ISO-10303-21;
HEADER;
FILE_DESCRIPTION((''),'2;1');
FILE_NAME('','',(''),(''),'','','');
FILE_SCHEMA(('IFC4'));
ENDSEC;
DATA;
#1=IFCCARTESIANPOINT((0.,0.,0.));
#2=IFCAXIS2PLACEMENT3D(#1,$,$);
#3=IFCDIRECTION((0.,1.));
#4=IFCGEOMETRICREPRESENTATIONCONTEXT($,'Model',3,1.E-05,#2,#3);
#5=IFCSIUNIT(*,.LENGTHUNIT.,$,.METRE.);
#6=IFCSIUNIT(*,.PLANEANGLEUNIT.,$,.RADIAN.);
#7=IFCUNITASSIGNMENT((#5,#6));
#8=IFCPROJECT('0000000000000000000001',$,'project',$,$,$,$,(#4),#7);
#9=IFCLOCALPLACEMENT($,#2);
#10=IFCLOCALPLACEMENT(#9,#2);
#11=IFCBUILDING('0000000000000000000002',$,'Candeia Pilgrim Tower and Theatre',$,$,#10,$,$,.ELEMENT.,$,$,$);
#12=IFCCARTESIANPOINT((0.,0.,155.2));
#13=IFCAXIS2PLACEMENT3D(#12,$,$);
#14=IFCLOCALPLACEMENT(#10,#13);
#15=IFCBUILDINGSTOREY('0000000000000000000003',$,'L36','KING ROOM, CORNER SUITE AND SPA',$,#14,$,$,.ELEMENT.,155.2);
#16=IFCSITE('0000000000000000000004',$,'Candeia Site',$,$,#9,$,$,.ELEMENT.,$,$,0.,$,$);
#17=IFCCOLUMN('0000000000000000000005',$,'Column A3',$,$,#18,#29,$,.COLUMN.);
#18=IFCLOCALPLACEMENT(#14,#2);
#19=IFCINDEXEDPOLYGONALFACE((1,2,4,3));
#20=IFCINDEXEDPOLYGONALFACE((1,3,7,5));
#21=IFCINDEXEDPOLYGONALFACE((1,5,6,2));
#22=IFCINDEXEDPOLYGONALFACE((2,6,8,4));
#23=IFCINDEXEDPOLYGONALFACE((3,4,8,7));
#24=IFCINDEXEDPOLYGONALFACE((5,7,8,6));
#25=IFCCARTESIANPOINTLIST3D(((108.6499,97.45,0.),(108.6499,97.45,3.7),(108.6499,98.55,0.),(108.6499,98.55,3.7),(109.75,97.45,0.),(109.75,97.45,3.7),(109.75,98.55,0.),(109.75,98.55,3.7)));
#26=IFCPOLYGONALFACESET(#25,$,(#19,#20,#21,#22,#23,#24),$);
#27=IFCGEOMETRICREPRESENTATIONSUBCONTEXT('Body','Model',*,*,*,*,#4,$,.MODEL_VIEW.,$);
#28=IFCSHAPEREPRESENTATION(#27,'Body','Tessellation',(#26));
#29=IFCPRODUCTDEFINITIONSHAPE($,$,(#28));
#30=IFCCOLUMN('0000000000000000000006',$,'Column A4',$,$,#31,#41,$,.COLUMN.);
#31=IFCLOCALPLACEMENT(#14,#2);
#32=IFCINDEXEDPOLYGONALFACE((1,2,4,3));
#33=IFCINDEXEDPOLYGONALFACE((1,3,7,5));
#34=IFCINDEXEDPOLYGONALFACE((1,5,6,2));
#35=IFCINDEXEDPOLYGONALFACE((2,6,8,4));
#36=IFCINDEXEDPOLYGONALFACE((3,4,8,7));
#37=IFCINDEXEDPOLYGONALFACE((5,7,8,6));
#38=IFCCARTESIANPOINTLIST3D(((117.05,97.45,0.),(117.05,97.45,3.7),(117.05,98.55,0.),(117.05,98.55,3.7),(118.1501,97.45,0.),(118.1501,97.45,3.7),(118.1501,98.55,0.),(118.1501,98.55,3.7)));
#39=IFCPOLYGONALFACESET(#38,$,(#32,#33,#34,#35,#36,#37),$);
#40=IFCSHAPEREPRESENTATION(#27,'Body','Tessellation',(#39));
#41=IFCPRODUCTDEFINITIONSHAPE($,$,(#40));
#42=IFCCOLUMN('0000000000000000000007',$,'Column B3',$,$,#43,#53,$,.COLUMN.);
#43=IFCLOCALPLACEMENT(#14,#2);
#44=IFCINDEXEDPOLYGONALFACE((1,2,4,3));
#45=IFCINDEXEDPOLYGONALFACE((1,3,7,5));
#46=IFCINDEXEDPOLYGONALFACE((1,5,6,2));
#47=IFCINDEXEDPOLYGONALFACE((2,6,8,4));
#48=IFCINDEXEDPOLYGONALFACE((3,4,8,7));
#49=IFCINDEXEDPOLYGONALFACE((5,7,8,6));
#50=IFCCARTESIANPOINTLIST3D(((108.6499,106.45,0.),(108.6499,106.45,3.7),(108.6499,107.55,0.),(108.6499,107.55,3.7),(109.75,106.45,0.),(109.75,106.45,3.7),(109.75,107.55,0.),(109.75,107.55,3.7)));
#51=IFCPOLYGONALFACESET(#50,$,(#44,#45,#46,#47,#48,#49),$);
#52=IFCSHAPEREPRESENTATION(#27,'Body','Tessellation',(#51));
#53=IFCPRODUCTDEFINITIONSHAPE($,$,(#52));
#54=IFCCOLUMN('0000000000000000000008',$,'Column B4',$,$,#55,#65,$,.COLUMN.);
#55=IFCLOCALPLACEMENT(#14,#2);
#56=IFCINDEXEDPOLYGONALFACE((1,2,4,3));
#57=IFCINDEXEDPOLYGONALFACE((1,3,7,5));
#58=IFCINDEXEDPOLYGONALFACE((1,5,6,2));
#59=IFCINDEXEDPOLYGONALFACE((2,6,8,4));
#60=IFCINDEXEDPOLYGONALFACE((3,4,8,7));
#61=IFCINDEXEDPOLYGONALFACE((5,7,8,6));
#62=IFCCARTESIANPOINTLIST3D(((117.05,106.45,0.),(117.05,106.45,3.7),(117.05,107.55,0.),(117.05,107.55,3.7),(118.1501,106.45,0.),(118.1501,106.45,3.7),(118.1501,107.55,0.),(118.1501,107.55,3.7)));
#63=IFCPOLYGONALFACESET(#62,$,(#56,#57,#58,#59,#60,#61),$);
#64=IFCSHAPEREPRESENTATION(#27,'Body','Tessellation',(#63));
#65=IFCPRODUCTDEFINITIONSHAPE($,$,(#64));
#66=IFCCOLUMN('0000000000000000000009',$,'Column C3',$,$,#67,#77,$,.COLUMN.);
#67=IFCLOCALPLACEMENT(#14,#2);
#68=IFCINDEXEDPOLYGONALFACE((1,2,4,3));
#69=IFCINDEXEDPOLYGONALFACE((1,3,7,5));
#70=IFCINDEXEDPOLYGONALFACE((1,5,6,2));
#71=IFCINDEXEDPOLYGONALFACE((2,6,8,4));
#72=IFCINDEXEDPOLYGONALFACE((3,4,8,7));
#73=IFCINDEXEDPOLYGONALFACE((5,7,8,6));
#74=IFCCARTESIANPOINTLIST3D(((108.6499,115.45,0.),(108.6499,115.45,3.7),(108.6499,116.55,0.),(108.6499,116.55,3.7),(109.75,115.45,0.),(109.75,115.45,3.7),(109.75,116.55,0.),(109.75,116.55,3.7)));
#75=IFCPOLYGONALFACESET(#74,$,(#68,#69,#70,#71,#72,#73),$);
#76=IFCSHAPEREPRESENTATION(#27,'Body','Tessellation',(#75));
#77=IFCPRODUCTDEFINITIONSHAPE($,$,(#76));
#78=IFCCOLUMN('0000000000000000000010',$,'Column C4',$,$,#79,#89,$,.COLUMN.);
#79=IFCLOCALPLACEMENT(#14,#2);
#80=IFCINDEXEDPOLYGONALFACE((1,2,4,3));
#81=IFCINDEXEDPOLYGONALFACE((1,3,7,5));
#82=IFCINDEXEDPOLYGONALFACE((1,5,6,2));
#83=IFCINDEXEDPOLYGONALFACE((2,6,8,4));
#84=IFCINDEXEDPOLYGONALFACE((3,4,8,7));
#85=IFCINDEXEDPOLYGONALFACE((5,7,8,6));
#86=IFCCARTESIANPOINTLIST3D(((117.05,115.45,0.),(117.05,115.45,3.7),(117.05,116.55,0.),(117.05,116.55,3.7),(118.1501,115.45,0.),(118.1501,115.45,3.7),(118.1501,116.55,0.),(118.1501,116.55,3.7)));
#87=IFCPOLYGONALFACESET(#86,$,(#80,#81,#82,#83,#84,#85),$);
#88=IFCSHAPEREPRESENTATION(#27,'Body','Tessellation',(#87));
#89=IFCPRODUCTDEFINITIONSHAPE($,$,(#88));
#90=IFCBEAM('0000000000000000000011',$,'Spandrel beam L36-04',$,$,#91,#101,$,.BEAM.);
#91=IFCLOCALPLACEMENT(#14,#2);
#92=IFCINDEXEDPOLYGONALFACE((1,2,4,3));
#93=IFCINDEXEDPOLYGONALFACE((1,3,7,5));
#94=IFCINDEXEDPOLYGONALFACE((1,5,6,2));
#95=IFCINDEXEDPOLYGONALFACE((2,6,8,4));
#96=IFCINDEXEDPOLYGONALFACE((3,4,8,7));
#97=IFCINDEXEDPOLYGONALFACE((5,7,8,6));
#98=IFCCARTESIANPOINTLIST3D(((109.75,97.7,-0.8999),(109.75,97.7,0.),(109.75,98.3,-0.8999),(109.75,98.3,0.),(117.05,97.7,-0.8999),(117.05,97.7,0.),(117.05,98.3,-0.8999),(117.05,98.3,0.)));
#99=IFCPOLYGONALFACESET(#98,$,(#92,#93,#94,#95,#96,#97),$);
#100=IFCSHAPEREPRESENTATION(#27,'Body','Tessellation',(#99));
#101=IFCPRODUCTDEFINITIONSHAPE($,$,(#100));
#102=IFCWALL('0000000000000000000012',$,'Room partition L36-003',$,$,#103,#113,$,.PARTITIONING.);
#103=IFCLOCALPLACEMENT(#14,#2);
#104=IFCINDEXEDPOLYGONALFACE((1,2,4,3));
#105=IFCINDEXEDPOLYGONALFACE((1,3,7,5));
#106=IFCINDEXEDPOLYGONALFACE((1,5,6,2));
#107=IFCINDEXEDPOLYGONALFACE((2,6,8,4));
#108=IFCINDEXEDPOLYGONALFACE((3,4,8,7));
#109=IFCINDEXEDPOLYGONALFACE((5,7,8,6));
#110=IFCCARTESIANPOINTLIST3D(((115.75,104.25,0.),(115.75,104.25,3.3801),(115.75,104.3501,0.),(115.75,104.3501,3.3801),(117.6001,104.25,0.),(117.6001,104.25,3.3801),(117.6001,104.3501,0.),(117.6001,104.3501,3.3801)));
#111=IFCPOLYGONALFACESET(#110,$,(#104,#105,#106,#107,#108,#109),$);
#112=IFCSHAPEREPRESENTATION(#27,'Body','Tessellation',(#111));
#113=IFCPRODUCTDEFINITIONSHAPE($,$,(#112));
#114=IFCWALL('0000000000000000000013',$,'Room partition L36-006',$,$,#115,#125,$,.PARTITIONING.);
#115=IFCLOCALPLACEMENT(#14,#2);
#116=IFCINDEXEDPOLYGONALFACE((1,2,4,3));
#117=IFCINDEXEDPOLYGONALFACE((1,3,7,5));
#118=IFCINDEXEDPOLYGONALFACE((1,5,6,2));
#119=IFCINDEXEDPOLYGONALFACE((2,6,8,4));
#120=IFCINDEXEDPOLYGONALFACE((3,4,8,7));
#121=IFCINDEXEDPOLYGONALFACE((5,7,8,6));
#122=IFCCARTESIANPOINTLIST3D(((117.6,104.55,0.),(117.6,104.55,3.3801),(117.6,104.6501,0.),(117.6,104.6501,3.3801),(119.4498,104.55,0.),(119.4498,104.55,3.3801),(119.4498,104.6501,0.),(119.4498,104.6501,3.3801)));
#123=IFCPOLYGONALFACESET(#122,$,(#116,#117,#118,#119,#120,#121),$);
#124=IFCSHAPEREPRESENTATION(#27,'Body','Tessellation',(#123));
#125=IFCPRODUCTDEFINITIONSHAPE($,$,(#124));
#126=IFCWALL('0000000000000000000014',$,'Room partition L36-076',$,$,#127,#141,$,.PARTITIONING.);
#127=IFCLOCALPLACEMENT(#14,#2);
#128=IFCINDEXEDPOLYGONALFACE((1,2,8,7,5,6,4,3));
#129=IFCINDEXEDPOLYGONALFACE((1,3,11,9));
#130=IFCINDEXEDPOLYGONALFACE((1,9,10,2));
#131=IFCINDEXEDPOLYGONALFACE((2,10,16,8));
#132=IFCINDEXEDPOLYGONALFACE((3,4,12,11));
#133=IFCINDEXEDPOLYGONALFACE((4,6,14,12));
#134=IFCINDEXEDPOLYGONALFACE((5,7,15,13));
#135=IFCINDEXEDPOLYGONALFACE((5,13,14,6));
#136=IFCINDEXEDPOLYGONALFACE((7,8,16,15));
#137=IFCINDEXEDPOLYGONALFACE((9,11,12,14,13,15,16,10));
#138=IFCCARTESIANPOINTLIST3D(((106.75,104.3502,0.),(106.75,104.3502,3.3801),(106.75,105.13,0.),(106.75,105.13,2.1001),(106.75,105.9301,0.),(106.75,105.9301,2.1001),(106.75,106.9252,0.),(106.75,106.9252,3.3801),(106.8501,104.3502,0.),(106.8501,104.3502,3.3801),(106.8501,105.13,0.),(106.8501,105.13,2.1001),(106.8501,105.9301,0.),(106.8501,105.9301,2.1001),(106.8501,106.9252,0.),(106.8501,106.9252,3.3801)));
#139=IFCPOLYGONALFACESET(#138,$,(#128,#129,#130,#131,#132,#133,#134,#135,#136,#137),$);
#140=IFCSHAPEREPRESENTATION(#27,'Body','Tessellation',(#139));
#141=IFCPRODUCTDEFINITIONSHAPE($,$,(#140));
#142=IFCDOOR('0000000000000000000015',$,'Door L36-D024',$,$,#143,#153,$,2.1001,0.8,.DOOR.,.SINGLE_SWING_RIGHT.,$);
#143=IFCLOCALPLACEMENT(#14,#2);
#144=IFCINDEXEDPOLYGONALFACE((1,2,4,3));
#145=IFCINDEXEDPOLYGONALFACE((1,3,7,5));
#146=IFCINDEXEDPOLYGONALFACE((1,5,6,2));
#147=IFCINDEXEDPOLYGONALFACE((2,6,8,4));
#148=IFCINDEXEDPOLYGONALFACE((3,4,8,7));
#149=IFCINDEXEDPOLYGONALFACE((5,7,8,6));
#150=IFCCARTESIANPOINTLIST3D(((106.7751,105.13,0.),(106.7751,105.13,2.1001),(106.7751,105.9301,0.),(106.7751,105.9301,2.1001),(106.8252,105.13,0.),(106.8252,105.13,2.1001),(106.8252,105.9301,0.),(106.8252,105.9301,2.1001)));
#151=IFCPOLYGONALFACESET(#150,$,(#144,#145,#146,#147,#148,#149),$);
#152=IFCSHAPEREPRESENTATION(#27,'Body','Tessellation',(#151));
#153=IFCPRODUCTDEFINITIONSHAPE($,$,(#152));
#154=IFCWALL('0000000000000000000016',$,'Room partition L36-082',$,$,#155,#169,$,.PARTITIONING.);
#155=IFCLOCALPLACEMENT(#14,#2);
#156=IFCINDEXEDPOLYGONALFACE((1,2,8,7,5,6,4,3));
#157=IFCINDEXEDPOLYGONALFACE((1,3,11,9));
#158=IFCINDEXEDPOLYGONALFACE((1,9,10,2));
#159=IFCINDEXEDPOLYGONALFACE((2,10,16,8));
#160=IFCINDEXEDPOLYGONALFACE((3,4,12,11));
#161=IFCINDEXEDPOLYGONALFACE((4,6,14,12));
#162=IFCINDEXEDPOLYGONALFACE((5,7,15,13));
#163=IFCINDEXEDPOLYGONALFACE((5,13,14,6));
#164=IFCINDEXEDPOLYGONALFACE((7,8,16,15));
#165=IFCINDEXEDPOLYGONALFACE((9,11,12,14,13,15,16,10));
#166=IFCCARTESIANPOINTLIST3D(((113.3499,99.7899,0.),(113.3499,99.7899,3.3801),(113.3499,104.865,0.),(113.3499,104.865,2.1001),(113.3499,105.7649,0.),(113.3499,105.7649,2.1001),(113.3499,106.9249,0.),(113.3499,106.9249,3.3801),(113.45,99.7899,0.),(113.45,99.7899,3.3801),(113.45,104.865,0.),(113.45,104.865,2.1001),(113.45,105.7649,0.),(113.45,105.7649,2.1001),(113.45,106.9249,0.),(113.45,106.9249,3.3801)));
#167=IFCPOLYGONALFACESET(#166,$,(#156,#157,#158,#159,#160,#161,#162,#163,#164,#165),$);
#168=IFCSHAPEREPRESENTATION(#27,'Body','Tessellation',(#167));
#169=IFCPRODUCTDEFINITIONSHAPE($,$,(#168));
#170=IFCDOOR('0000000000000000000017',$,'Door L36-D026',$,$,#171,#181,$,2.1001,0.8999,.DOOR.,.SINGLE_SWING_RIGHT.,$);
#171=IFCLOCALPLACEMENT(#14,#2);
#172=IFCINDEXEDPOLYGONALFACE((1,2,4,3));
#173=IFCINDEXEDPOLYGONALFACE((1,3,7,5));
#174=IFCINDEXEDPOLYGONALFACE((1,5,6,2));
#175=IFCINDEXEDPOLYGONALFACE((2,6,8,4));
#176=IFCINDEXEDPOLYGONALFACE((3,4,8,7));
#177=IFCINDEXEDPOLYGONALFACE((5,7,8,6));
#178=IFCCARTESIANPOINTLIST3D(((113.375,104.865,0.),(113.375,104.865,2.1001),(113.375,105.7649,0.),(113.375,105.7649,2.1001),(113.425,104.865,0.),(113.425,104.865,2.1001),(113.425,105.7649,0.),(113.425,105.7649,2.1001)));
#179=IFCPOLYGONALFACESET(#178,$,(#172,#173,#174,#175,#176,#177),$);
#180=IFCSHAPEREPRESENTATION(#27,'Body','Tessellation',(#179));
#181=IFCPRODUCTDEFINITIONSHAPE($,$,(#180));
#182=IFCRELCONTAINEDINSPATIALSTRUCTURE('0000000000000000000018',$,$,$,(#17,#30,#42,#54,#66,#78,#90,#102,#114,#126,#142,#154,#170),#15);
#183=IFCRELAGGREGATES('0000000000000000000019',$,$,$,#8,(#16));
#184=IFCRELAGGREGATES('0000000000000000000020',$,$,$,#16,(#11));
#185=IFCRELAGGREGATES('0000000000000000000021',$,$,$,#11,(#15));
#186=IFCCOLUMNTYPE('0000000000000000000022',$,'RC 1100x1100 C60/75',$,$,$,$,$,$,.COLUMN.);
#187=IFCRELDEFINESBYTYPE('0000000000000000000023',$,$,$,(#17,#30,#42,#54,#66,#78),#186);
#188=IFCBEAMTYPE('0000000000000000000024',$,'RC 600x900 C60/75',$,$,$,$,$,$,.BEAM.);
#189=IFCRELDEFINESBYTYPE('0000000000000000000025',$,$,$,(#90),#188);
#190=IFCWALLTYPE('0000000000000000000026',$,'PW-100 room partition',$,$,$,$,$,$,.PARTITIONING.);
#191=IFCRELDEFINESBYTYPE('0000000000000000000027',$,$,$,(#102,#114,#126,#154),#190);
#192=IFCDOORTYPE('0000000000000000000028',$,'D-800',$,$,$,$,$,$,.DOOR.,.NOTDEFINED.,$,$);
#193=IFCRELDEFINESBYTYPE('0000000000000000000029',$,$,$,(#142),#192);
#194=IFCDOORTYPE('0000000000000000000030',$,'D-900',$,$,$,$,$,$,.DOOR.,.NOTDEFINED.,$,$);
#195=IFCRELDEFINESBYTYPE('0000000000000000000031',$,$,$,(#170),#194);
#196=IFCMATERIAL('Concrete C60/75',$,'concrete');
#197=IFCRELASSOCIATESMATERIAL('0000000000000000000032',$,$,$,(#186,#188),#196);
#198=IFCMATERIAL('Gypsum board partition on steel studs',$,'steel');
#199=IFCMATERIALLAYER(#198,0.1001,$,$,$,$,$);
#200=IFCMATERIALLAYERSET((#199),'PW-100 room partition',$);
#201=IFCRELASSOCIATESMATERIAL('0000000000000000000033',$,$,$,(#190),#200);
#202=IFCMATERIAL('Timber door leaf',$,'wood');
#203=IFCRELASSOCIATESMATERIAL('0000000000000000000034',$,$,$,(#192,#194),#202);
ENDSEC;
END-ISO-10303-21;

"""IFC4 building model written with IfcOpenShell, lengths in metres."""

from ifc_helpers import new_model, si_unit, direction, frame, frame_2d, origin, origin_2d, place, context, subcontext, project, spatial, rectangle, extrude, material, layer, layer_set, material_profile, profile_set, type_object, element, fill, save


model = new_model("IFC4")

# Units and contexts
model_context = context("Model", 3, precision=1e-05, world=origin(), true_north=direction((0.0, 1.0)))
body_context = subcontext(model_context, "Body", "Model", "MODEL_VIEW")
ifc_project = project(units=[si_unit("LENGTHUNIT", "METRE"), si_unit("PLANEANGLEUNIT", "RADIAN")], contexts=[model_context])

# Site, building, storey
site_placement = place(None, origin())
site = spatial("IfcSite", under=ifc_project, at=site_placement, Name="Candeia Site", CompositionType="ELEMENT", RefElevation=0.0)
building_placement = place(site_placement, origin())
building = spatial("IfcBuilding", under=site, at=building_placement, Name="Candeia Pilgrim Tower and Theatre", CompositionType="ELEMENT")
storey_placement = place(building_placement, frame((0.0, 0.0, 155.2)))
storey = spatial("IfcBuildingStorey", under=building, at=storey_placement, Name="L36", Description="KING ROOM, CORNER SUITE AND SPA", CompositionType="ELEMENT", Elevation=155.2)

# Columns
ifc_material_1 = material(Name="Concrete C60/75", Category="concrete")
ifc_material_profile_1 = material_profile(ifc_material_1, rectangle(XDim=1.1001, YDim=1.1001, at=origin_2d()))
ifc_profile_set_1 = profile_set([ifc_material_profile_1], Name="Concrete C60/75")
column_type = type_object("IfcColumnType", Name="RC 1100x1100 C60/75", PredefinedType="COLUMN", material=ifc_profile_set_1)
for number, where, z_axis, x_axis, name in (
    (1, (109.2, 98.0, 0.0), (0.0, 0.0, 1.0), (1.0, 0.0, 0.0), "Column A3"),
    (2, (117.6001, 98.0, 0.0), (0.0, 0.0, 1.0), (1.0, 0.0, 0.0), "Column A4"),
    (3, (109.2, 107.0, 0.0), (0.0, 0.0, 1.0), (1.0, 0.0, 0.0), "Column B3"),
    (4, (117.6001, 107.0, 0.0), (0.0, 0.0, 1.0), (1.0, 0.0, 0.0), "Column B4"),
    (5, (109.2, 116.0, 0.0), (0.0, 0.0, 1.0), (1.0, 0.0, 0.0), "Column C3"),
    (6, (117.6001, 116.0, 0.0), (0.0, 0.0, 1.0), (1.0, 0.0, 0.0), "Column C4"),
):
    element("IfcColumn", number, at=place(storey_placement, frame(where, z_axis=z_axis, x_axis=x_axis)), inside=storey, type_object=column_type, Name=name, PredefinedType="COLUMN", context=body_context, shape_type="SweptSolid", body=[
        extrude(rectangle(XDim=1.1001, YDim=1.1001, at=origin_2d()), origin(), (0.0, 0.0, 1.0), 3.7),
    ])

# Beam
ifc_material_profile_2 = material_profile(ifc_material_1, rectangle(XDim=0.6001, YDim=0.8999, at=origin_2d()))
ifc_profile_set_2 = profile_set([ifc_material_profile_2], Name="Concrete C60/75")
beam_type = type_object("IfcBeamType", Name="RC 600x900 C60/75", PredefinedType="BEAM", material=ifc_profile_set_2)
beam_placement = place(storey_placement, frame((109.75, 98.0, -0.45), z_axis=(1.0, 0.0, 0.0), x_axis=(0.0, 1.0, 0.0)))
element("IfcBeam", 7, at=beam_placement, inside=storey, type_object=beam_type, Name="Spandrel beam L36-04", PredefinedType="BEAM", context=body_context, shape_type="SweptSolid", body=[
    extrude(rectangle(XDim=0.6001, YDim=0.8999, at=origin_2d()), origin(), (0.0, 0.0, 1.0), 7.3),
])

# Walls
ifc_material_2 = material(Name="Gypsum board partition on steel studs", Category="steel")
ifc_layer_1 = layer(ifc_material_2, 0.1001)
ifc_layer_set_1 = layer_set([ifc_layer_1], Name="PW-100 room partition")
wall_type_1 = type_object("IfcWallType", Name="PW-100 room partition", PredefinedType="PARTITIONING", material=ifc_layer_set_1)
wall_1_placement = place(storey_placement, frame((115.75, 104.3, 0.0), z_axis=(0.0, 0.0, 1.0), x_axis=(1.0, 0.0, 0.0)))
element("IfcWall", 8, at=wall_1_placement, inside=storey, type_object=wall_type_1, Name="Room partition L36-003", PredefinedType="PARTITIONING", context=body_context, shape_type="SweptSolid", body=[
    extrude(rectangle(XDim=1.8501, YDim=0.1001, at=frame_2d((0.925, 0.0))), origin(), (0.0, 0.0, 1.0), 3.3801),
])
wall_2_placement = place(storey_placement, frame((117.6001, 104.6001, 0.0), z_axis=(0.0, 0.0, 1.0), x_axis=(1.0, 0.0, 0.0)))
element("IfcWall", 9, at=wall_2_placement, inside=storey, type_object=wall_type_1, Name="Room partition L36-006", PredefinedType="PARTITIONING", context=body_context, shape_type="SweptSolid", body=[
    extrude(rectangle(XDim=1.8499, YDim=0.1001, at=frame_2d((0.9248, 0.0))), origin(), (0.0, 0.0, 1.0), 3.3801),
])

# Walls, openings, doors
wall_3_placement = place(storey_placement, frame((106.8, 104.3501, 0.0), z_axis=(0.0, 0.0, 1.0), x_axis=(0.0, 1.0, 0.0)))
wall_3 = element("IfcWall", 10, at=wall_3_placement, inside=storey, type_object=wall_type_1, Name="Room partition L36-076", PredefinedType="PARTITIONING", context=body_context, shape_type="SweptSolid", body=[
    extrude(rectangle(XDim=2.575, YDim=0.1001, at=frame_2d((1.2876, 0.0))), origin(), (0.0, 0.0, 1.0), 3.3801),
])
opening_1_placement = place(wall_3_placement, frame((0.78, 0.0, 0.0)))
opening_1 = element("IfcOpeningElement", 11, at=opening_1_placement, cuts=wall_3, PredefinedType="OPENING", context=body_context, shape_type="SweptSolid", body=[
    extrude(rectangle(XDim=0.8, YDim=2.1001, at=frame_2d((0.3999, 1.05))), frame((0.0, 0.0601, 0.0), z_axis=(0.0, -1.0, 0.0), x_axis=(1.0, 0.0, 0.0)), (0.0, 0.0, 1.0), 0.1201),
])
ifc_material_3 = material(Name="Timber door leaf", Category="wood")
door_type_1 = type_object("IfcDoorType", Name="D-800", OperationType="NOTDEFINED", PredefinedType="DOOR", material=ifc_material_3)
door_1_placement = place(opening_1_placement, origin())
door_1 = element("IfcDoor", 12, at=door_1_placement, inside=storey, type_object=door_type_1, Name="Door L36-D024", OperationType="SINGLE_SWING_RIGHT", OverallHeight=2.1001, OverallWidth=0.8, PredefinedType="DOOR", context=body_context, shape_type="SweptSolid", body=[
    extrude(rectangle(XDim=0.8, YDim=2.1001, at=frame_2d((0.3999, 1.05))), frame((0.0, 0.0249, 0.0), z_axis=(0.0, -1.0, 0.0), x_axis=(1.0, 0.0, 0.0)), (0.0, 0.0, 1.0), 0.05),
])
fill(opening_1, door_1)
wall_4_placement = place(storey_placement, frame((113.3999, 99.79, 0.0), z_axis=(0.0, 0.0, 1.0), x_axis=(0.0, 1.0, 0.0)))
wall_4 = element("IfcWall", 13, at=wall_4_placement, inside=storey, type_object=wall_type_1, Name="Room partition L36-082", PredefinedType="PARTITIONING", context=body_context, shape_type="SweptSolid", body=[
    extrude(rectangle(XDim=7.135, YDim=0.1001, at=frame_2d((3.5674, 0.0))), origin(), (0.0, 0.0, 1.0), 3.3801),
])
opening_2_placement = place(wall_4_placement, frame((5.075, 0.0, 0.0)))
opening_2 = element("IfcOpeningElement", 14, at=opening_2_placement, cuts=wall_4, PredefinedType="OPENING", context=body_context, shape_type="SweptSolid", body=[
    extrude(rectangle(XDim=0.8999, YDim=2.1001, at=frame_2d((0.45, 1.05))), frame((0.0, 0.0601, 0.0), z_axis=(0.0, -1.0, 0.0), x_axis=(1.0, 0.0, 0.0)), (0.0, 0.0, 1.0), 0.1201),
])
door_type_2 = type_object("IfcDoorType", Name="D-900", OperationType="NOTDEFINED", PredefinedType="DOOR", material=ifc_material_3)
door_2_placement = place(opening_2_placement, origin())
door_2 = element("IfcDoor", 15, at=door_2_placement, inside=storey, type_object=door_type_2, Name="Door L36-D026", OperationType="SINGLE_SWING_RIGHT", OverallHeight=2.1001, OverallWidth=0.8999, PredefinedType="DOOR", context=body_context, shape_type="SweptSolid", body=[
    extrude(rectangle(XDim=0.8999, YDim=2.1001, at=frame_2d((0.45, 1.05))), frame((0.0, 0.0249, 0.0), z_axis=(0.0, -1.0, 0.0), x_axis=(1.0, 0.0, 0.0)), (0.0, 0.0, 1.0), 0.05),
])
fill(opening_2, door_2)

save(model, "model.ifc")
